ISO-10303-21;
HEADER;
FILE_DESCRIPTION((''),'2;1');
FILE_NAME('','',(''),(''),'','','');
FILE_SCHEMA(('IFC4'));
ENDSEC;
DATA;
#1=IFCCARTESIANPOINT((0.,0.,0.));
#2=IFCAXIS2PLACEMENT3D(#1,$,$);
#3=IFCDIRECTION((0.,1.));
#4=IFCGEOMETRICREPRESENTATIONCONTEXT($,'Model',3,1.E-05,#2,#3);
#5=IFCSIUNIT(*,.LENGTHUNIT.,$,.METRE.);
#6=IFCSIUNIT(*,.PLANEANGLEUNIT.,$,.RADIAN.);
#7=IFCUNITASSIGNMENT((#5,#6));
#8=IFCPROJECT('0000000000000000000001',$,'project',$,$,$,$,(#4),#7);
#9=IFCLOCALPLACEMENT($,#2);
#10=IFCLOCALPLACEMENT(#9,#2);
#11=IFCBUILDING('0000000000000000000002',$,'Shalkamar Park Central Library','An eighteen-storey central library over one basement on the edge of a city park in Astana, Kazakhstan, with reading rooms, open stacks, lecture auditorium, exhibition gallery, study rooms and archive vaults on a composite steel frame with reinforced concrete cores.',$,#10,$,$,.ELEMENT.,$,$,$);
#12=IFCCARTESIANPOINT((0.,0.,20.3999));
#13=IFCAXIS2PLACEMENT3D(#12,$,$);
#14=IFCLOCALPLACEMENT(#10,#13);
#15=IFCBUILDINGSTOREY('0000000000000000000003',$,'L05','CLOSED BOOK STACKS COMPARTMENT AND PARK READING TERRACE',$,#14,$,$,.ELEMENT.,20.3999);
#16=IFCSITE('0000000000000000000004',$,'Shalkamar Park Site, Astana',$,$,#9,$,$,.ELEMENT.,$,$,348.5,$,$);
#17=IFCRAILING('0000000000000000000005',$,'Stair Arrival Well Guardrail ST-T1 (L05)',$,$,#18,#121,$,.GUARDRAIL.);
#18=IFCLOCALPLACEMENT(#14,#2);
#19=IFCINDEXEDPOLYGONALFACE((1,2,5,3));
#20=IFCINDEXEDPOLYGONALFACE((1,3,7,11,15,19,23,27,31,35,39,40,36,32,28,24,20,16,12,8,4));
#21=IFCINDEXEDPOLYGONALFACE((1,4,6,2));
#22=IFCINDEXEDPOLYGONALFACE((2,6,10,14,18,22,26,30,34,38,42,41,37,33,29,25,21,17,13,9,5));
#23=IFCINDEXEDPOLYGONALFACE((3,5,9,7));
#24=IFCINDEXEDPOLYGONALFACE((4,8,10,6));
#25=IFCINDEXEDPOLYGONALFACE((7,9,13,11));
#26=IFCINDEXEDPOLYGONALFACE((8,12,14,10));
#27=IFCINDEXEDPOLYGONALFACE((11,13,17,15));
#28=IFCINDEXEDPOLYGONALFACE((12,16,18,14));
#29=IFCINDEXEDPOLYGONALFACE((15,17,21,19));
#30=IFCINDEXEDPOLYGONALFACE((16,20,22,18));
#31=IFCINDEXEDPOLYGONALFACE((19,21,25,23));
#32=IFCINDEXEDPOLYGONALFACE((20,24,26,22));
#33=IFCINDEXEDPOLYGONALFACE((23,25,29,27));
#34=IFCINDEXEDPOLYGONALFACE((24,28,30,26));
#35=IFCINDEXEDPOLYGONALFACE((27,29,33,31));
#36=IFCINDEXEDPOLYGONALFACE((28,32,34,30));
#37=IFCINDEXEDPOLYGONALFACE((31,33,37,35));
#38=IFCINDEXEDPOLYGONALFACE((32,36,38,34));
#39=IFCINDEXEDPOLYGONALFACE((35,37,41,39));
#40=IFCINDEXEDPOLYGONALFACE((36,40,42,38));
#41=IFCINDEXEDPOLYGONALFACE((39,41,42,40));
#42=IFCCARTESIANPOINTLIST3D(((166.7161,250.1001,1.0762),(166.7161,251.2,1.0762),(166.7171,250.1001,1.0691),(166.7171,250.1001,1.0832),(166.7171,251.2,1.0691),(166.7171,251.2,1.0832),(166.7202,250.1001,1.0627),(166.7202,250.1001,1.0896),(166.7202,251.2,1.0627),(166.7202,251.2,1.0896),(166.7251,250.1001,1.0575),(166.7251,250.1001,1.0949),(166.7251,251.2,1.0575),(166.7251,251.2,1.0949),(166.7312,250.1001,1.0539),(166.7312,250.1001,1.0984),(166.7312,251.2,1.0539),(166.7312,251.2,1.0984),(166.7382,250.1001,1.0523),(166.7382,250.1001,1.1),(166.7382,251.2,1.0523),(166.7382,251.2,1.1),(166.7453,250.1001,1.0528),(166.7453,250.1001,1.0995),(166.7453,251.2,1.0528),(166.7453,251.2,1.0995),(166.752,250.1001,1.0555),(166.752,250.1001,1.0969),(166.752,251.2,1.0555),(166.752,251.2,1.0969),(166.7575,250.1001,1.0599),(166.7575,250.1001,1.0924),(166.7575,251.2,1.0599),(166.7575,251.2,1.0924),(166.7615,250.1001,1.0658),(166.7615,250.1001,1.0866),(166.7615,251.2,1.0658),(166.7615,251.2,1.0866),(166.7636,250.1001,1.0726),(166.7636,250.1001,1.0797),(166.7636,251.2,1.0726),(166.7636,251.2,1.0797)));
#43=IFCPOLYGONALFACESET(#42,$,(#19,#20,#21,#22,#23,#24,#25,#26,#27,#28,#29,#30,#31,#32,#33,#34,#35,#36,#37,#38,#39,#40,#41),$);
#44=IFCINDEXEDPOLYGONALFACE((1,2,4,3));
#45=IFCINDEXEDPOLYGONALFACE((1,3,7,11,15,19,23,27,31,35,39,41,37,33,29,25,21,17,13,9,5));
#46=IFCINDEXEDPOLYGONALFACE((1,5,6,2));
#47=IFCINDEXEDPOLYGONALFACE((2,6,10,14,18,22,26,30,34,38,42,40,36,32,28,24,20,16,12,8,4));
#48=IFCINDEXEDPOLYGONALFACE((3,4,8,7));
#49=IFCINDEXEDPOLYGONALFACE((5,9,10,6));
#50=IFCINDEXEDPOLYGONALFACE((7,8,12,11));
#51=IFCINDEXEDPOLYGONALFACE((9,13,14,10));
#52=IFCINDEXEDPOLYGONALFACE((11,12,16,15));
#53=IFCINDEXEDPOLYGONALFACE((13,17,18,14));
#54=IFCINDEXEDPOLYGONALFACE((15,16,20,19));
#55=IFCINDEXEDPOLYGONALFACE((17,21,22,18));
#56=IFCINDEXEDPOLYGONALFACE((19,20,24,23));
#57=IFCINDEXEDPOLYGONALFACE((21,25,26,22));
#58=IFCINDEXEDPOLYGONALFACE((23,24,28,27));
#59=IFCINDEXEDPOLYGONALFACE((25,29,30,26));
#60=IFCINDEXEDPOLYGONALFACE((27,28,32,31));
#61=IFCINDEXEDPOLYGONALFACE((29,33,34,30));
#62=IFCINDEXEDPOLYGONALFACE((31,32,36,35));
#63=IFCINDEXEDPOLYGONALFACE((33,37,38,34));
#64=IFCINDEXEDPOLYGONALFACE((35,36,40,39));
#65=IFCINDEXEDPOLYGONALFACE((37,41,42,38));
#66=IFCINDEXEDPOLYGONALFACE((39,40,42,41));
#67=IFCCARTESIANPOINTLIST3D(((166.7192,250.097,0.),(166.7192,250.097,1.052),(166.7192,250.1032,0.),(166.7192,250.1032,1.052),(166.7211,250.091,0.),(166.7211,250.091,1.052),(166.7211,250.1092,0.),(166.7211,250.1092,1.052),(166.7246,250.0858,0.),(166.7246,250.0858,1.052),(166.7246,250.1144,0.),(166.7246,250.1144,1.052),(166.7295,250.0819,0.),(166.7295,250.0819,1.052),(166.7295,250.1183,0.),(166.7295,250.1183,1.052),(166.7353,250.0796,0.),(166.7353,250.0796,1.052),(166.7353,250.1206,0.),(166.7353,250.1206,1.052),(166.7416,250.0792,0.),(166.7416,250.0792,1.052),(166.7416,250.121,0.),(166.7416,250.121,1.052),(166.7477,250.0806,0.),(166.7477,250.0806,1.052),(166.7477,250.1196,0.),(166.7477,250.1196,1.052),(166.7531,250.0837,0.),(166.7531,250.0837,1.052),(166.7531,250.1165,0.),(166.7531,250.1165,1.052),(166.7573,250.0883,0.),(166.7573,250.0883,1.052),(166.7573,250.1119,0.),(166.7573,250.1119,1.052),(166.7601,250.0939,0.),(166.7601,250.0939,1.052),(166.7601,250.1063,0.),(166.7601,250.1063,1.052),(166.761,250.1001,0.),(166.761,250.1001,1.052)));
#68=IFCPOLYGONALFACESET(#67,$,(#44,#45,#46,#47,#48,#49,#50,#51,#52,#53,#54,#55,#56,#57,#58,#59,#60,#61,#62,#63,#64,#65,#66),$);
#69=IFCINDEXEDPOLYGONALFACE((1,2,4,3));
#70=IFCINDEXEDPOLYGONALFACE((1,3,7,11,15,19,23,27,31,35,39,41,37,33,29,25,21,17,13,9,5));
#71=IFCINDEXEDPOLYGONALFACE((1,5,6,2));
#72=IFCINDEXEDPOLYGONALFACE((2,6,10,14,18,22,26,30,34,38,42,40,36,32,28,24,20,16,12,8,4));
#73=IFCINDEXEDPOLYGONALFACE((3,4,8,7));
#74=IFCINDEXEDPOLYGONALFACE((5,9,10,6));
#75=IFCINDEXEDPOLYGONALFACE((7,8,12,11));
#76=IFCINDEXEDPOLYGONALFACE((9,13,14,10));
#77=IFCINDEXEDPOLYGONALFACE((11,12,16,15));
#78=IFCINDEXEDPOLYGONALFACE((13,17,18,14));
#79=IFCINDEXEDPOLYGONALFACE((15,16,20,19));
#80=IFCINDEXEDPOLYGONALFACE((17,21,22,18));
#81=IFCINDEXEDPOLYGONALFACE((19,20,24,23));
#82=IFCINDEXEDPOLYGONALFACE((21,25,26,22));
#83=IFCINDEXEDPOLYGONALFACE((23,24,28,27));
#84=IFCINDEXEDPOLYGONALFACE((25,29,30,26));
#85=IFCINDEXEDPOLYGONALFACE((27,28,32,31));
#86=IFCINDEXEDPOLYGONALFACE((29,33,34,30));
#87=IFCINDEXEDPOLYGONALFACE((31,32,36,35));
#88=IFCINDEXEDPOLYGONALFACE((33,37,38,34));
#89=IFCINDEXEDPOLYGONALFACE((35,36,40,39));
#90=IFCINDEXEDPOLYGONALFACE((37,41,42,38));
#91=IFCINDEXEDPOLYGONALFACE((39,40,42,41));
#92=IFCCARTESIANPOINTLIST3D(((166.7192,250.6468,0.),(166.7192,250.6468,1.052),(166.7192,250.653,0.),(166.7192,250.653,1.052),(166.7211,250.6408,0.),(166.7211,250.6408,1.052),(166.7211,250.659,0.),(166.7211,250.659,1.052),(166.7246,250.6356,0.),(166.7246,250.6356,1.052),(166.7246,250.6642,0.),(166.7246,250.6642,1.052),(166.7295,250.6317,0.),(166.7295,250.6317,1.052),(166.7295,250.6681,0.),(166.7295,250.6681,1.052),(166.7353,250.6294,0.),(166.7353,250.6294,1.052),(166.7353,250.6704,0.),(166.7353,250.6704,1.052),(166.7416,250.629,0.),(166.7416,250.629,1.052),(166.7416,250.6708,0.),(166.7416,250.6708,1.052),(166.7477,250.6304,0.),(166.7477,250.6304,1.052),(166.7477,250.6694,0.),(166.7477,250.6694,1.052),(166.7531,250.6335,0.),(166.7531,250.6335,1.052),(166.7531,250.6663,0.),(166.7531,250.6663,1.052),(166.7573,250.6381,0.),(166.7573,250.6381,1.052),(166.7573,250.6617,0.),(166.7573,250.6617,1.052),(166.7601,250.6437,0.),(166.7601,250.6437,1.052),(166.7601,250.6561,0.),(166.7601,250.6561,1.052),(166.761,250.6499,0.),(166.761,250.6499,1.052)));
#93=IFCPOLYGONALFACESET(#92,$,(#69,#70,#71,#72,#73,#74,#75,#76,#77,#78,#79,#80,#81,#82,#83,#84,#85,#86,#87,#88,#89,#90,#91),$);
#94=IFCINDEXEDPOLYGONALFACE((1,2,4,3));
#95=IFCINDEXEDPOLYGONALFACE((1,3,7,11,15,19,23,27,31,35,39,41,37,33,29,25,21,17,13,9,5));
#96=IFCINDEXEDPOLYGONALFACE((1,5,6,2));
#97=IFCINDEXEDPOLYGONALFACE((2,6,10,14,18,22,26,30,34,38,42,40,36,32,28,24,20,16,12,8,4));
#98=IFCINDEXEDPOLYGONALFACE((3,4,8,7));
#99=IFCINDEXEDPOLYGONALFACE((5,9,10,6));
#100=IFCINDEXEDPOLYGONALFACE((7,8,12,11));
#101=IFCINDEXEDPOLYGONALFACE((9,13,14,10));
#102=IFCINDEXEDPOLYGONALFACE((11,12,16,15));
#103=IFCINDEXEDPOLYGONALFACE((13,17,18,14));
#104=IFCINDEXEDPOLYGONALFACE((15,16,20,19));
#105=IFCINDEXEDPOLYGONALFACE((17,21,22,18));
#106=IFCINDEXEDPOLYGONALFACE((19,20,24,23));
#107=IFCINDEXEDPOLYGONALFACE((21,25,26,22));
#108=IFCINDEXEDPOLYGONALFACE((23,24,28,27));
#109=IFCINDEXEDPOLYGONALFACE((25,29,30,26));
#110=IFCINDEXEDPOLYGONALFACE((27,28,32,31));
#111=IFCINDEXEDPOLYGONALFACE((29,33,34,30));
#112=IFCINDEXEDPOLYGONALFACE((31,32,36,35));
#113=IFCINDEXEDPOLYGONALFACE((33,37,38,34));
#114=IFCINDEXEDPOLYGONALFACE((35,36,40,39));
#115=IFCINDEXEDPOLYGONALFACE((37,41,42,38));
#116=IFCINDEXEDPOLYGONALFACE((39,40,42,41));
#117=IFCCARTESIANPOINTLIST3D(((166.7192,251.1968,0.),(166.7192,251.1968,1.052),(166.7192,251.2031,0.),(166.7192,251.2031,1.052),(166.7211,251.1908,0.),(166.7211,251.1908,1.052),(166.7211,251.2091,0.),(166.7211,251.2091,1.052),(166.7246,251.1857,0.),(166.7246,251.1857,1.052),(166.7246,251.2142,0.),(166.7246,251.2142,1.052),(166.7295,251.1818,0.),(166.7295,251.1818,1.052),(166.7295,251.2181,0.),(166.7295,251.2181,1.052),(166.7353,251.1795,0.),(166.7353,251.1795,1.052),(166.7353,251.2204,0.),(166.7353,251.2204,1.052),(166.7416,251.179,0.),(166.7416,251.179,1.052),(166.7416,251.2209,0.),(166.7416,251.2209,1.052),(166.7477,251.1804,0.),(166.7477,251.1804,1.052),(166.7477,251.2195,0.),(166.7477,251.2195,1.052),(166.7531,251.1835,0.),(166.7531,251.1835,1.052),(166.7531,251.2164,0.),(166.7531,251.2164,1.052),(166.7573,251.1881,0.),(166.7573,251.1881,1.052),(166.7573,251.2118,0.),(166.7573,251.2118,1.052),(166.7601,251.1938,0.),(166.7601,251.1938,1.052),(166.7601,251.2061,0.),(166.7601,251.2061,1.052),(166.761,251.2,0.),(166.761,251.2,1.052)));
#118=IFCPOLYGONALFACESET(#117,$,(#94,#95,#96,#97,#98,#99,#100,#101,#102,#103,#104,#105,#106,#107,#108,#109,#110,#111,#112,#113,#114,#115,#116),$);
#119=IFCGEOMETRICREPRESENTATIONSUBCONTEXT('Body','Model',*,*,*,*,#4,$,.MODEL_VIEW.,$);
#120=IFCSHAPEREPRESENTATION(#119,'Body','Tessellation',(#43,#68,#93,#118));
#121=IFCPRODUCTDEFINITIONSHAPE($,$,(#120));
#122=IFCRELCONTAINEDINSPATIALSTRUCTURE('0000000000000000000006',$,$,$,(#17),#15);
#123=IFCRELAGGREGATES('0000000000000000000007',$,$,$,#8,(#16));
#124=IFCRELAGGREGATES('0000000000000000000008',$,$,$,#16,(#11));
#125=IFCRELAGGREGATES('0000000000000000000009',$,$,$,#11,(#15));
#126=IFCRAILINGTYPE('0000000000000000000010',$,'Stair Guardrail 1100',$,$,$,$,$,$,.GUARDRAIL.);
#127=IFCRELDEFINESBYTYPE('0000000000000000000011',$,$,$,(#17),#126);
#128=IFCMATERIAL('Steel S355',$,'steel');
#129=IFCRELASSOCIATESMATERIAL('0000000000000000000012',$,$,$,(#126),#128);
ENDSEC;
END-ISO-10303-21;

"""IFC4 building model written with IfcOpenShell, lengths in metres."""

from ifc_helpers import new_model, si_unit, direction, frame, origin, origin_2d, place, context, subcontext, project, spatial, circle, extrude, material, type_object, element, save


model = new_model("IFC4")

# Units and contexts
model_context = context("Model", 3, precision=1e-05, world=origin(), true_north=direction((0.0, 1.0)))
body_context = subcontext(model_context, "Body", "Model", "MODEL_VIEW")
ifc_project = project(units=[si_unit("LENGTHUNIT", "METRE"), si_unit("PLANEANGLEUNIT", "RADIAN")], contexts=[model_context])

# Site, building, storey
site_placement = place(None, origin())
site = spatial("IfcSite", under=ifc_project, at=site_placement, Name="Shalkamar Park Site, Astana", CompositionType="ELEMENT", RefElevation=348.5)
building_placement = place(site_placement, origin())
building = spatial("IfcBuilding", under=site, at=building_placement, Name="Shalkamar Park Central Library", Description="An eighteen-storey central library over one basement on the edge of a city park in Astana, Kazakhstan, with reading rooms, open stacks, lecture auditorium, exhibition gallery, study rooms and archive vaults on a composite steel frame with reinforced concrete cores.", CompositionType="ELEMENT")
storey_placement = place(building_placement, frame((0.0, 0.0, 20.3999)))
storey = spatial("IfcBuildingStorey", under=building, at=storey_placement, Name="L05", Description="CLOSED BOOK STACKS COMPARTMENT AND PARK READING TERRACE", CompositionType="ELEMENT", Elevation=20.3999)

# Shared definitions
ifc_material_1 = material(Name="Steel S355", Category="steel")

# Railing
railing_type_1 = type_object("IfcRailingType", Name="Stair Guardrail 1100", PredefinedType="GUARDRAIL", material=ifc_material_1)
railing_1_placement = place(storey_placement, frame((166.74, 250.1001, 0.0)))
element("IfcRailing", 1, at=railing_1_placement, inside=storey, type_object=railing_type_1, Name="Stair Arrival Well Guardrail ST-T1 (L05)", PredefinedType="GUARDRAIL", context=body_context, shape_type="SweptSolid", body=[
    extrude(circle(Radius=0.0239, at=origin_2d()), frame((0.0, 0.0, 1.0762), z_axis=(0.0, 1.0, 0.0), x_axis=(-1.0, 0.0, 0.0)), (0.0, 0.0, 1.0), 1.0999),
    extrude(circle(Radius=0.021, at=origin_2d()), origin(), (0.0, 0.0, 1.0), 1.052),
    extrude(circle(Radius=0.021, at=origin_2d()), frame((0.0, 0.5498, 0.0)), (0.0, 0.0, 1.0), 1.052),
    extrude(circle(Radius=0.021, at=origin_2d()), frame((0.0, 1.0999, 0.0)), (0.0, 0.0, 1.0), 1.052),
])

save(model, "model.ifc")
